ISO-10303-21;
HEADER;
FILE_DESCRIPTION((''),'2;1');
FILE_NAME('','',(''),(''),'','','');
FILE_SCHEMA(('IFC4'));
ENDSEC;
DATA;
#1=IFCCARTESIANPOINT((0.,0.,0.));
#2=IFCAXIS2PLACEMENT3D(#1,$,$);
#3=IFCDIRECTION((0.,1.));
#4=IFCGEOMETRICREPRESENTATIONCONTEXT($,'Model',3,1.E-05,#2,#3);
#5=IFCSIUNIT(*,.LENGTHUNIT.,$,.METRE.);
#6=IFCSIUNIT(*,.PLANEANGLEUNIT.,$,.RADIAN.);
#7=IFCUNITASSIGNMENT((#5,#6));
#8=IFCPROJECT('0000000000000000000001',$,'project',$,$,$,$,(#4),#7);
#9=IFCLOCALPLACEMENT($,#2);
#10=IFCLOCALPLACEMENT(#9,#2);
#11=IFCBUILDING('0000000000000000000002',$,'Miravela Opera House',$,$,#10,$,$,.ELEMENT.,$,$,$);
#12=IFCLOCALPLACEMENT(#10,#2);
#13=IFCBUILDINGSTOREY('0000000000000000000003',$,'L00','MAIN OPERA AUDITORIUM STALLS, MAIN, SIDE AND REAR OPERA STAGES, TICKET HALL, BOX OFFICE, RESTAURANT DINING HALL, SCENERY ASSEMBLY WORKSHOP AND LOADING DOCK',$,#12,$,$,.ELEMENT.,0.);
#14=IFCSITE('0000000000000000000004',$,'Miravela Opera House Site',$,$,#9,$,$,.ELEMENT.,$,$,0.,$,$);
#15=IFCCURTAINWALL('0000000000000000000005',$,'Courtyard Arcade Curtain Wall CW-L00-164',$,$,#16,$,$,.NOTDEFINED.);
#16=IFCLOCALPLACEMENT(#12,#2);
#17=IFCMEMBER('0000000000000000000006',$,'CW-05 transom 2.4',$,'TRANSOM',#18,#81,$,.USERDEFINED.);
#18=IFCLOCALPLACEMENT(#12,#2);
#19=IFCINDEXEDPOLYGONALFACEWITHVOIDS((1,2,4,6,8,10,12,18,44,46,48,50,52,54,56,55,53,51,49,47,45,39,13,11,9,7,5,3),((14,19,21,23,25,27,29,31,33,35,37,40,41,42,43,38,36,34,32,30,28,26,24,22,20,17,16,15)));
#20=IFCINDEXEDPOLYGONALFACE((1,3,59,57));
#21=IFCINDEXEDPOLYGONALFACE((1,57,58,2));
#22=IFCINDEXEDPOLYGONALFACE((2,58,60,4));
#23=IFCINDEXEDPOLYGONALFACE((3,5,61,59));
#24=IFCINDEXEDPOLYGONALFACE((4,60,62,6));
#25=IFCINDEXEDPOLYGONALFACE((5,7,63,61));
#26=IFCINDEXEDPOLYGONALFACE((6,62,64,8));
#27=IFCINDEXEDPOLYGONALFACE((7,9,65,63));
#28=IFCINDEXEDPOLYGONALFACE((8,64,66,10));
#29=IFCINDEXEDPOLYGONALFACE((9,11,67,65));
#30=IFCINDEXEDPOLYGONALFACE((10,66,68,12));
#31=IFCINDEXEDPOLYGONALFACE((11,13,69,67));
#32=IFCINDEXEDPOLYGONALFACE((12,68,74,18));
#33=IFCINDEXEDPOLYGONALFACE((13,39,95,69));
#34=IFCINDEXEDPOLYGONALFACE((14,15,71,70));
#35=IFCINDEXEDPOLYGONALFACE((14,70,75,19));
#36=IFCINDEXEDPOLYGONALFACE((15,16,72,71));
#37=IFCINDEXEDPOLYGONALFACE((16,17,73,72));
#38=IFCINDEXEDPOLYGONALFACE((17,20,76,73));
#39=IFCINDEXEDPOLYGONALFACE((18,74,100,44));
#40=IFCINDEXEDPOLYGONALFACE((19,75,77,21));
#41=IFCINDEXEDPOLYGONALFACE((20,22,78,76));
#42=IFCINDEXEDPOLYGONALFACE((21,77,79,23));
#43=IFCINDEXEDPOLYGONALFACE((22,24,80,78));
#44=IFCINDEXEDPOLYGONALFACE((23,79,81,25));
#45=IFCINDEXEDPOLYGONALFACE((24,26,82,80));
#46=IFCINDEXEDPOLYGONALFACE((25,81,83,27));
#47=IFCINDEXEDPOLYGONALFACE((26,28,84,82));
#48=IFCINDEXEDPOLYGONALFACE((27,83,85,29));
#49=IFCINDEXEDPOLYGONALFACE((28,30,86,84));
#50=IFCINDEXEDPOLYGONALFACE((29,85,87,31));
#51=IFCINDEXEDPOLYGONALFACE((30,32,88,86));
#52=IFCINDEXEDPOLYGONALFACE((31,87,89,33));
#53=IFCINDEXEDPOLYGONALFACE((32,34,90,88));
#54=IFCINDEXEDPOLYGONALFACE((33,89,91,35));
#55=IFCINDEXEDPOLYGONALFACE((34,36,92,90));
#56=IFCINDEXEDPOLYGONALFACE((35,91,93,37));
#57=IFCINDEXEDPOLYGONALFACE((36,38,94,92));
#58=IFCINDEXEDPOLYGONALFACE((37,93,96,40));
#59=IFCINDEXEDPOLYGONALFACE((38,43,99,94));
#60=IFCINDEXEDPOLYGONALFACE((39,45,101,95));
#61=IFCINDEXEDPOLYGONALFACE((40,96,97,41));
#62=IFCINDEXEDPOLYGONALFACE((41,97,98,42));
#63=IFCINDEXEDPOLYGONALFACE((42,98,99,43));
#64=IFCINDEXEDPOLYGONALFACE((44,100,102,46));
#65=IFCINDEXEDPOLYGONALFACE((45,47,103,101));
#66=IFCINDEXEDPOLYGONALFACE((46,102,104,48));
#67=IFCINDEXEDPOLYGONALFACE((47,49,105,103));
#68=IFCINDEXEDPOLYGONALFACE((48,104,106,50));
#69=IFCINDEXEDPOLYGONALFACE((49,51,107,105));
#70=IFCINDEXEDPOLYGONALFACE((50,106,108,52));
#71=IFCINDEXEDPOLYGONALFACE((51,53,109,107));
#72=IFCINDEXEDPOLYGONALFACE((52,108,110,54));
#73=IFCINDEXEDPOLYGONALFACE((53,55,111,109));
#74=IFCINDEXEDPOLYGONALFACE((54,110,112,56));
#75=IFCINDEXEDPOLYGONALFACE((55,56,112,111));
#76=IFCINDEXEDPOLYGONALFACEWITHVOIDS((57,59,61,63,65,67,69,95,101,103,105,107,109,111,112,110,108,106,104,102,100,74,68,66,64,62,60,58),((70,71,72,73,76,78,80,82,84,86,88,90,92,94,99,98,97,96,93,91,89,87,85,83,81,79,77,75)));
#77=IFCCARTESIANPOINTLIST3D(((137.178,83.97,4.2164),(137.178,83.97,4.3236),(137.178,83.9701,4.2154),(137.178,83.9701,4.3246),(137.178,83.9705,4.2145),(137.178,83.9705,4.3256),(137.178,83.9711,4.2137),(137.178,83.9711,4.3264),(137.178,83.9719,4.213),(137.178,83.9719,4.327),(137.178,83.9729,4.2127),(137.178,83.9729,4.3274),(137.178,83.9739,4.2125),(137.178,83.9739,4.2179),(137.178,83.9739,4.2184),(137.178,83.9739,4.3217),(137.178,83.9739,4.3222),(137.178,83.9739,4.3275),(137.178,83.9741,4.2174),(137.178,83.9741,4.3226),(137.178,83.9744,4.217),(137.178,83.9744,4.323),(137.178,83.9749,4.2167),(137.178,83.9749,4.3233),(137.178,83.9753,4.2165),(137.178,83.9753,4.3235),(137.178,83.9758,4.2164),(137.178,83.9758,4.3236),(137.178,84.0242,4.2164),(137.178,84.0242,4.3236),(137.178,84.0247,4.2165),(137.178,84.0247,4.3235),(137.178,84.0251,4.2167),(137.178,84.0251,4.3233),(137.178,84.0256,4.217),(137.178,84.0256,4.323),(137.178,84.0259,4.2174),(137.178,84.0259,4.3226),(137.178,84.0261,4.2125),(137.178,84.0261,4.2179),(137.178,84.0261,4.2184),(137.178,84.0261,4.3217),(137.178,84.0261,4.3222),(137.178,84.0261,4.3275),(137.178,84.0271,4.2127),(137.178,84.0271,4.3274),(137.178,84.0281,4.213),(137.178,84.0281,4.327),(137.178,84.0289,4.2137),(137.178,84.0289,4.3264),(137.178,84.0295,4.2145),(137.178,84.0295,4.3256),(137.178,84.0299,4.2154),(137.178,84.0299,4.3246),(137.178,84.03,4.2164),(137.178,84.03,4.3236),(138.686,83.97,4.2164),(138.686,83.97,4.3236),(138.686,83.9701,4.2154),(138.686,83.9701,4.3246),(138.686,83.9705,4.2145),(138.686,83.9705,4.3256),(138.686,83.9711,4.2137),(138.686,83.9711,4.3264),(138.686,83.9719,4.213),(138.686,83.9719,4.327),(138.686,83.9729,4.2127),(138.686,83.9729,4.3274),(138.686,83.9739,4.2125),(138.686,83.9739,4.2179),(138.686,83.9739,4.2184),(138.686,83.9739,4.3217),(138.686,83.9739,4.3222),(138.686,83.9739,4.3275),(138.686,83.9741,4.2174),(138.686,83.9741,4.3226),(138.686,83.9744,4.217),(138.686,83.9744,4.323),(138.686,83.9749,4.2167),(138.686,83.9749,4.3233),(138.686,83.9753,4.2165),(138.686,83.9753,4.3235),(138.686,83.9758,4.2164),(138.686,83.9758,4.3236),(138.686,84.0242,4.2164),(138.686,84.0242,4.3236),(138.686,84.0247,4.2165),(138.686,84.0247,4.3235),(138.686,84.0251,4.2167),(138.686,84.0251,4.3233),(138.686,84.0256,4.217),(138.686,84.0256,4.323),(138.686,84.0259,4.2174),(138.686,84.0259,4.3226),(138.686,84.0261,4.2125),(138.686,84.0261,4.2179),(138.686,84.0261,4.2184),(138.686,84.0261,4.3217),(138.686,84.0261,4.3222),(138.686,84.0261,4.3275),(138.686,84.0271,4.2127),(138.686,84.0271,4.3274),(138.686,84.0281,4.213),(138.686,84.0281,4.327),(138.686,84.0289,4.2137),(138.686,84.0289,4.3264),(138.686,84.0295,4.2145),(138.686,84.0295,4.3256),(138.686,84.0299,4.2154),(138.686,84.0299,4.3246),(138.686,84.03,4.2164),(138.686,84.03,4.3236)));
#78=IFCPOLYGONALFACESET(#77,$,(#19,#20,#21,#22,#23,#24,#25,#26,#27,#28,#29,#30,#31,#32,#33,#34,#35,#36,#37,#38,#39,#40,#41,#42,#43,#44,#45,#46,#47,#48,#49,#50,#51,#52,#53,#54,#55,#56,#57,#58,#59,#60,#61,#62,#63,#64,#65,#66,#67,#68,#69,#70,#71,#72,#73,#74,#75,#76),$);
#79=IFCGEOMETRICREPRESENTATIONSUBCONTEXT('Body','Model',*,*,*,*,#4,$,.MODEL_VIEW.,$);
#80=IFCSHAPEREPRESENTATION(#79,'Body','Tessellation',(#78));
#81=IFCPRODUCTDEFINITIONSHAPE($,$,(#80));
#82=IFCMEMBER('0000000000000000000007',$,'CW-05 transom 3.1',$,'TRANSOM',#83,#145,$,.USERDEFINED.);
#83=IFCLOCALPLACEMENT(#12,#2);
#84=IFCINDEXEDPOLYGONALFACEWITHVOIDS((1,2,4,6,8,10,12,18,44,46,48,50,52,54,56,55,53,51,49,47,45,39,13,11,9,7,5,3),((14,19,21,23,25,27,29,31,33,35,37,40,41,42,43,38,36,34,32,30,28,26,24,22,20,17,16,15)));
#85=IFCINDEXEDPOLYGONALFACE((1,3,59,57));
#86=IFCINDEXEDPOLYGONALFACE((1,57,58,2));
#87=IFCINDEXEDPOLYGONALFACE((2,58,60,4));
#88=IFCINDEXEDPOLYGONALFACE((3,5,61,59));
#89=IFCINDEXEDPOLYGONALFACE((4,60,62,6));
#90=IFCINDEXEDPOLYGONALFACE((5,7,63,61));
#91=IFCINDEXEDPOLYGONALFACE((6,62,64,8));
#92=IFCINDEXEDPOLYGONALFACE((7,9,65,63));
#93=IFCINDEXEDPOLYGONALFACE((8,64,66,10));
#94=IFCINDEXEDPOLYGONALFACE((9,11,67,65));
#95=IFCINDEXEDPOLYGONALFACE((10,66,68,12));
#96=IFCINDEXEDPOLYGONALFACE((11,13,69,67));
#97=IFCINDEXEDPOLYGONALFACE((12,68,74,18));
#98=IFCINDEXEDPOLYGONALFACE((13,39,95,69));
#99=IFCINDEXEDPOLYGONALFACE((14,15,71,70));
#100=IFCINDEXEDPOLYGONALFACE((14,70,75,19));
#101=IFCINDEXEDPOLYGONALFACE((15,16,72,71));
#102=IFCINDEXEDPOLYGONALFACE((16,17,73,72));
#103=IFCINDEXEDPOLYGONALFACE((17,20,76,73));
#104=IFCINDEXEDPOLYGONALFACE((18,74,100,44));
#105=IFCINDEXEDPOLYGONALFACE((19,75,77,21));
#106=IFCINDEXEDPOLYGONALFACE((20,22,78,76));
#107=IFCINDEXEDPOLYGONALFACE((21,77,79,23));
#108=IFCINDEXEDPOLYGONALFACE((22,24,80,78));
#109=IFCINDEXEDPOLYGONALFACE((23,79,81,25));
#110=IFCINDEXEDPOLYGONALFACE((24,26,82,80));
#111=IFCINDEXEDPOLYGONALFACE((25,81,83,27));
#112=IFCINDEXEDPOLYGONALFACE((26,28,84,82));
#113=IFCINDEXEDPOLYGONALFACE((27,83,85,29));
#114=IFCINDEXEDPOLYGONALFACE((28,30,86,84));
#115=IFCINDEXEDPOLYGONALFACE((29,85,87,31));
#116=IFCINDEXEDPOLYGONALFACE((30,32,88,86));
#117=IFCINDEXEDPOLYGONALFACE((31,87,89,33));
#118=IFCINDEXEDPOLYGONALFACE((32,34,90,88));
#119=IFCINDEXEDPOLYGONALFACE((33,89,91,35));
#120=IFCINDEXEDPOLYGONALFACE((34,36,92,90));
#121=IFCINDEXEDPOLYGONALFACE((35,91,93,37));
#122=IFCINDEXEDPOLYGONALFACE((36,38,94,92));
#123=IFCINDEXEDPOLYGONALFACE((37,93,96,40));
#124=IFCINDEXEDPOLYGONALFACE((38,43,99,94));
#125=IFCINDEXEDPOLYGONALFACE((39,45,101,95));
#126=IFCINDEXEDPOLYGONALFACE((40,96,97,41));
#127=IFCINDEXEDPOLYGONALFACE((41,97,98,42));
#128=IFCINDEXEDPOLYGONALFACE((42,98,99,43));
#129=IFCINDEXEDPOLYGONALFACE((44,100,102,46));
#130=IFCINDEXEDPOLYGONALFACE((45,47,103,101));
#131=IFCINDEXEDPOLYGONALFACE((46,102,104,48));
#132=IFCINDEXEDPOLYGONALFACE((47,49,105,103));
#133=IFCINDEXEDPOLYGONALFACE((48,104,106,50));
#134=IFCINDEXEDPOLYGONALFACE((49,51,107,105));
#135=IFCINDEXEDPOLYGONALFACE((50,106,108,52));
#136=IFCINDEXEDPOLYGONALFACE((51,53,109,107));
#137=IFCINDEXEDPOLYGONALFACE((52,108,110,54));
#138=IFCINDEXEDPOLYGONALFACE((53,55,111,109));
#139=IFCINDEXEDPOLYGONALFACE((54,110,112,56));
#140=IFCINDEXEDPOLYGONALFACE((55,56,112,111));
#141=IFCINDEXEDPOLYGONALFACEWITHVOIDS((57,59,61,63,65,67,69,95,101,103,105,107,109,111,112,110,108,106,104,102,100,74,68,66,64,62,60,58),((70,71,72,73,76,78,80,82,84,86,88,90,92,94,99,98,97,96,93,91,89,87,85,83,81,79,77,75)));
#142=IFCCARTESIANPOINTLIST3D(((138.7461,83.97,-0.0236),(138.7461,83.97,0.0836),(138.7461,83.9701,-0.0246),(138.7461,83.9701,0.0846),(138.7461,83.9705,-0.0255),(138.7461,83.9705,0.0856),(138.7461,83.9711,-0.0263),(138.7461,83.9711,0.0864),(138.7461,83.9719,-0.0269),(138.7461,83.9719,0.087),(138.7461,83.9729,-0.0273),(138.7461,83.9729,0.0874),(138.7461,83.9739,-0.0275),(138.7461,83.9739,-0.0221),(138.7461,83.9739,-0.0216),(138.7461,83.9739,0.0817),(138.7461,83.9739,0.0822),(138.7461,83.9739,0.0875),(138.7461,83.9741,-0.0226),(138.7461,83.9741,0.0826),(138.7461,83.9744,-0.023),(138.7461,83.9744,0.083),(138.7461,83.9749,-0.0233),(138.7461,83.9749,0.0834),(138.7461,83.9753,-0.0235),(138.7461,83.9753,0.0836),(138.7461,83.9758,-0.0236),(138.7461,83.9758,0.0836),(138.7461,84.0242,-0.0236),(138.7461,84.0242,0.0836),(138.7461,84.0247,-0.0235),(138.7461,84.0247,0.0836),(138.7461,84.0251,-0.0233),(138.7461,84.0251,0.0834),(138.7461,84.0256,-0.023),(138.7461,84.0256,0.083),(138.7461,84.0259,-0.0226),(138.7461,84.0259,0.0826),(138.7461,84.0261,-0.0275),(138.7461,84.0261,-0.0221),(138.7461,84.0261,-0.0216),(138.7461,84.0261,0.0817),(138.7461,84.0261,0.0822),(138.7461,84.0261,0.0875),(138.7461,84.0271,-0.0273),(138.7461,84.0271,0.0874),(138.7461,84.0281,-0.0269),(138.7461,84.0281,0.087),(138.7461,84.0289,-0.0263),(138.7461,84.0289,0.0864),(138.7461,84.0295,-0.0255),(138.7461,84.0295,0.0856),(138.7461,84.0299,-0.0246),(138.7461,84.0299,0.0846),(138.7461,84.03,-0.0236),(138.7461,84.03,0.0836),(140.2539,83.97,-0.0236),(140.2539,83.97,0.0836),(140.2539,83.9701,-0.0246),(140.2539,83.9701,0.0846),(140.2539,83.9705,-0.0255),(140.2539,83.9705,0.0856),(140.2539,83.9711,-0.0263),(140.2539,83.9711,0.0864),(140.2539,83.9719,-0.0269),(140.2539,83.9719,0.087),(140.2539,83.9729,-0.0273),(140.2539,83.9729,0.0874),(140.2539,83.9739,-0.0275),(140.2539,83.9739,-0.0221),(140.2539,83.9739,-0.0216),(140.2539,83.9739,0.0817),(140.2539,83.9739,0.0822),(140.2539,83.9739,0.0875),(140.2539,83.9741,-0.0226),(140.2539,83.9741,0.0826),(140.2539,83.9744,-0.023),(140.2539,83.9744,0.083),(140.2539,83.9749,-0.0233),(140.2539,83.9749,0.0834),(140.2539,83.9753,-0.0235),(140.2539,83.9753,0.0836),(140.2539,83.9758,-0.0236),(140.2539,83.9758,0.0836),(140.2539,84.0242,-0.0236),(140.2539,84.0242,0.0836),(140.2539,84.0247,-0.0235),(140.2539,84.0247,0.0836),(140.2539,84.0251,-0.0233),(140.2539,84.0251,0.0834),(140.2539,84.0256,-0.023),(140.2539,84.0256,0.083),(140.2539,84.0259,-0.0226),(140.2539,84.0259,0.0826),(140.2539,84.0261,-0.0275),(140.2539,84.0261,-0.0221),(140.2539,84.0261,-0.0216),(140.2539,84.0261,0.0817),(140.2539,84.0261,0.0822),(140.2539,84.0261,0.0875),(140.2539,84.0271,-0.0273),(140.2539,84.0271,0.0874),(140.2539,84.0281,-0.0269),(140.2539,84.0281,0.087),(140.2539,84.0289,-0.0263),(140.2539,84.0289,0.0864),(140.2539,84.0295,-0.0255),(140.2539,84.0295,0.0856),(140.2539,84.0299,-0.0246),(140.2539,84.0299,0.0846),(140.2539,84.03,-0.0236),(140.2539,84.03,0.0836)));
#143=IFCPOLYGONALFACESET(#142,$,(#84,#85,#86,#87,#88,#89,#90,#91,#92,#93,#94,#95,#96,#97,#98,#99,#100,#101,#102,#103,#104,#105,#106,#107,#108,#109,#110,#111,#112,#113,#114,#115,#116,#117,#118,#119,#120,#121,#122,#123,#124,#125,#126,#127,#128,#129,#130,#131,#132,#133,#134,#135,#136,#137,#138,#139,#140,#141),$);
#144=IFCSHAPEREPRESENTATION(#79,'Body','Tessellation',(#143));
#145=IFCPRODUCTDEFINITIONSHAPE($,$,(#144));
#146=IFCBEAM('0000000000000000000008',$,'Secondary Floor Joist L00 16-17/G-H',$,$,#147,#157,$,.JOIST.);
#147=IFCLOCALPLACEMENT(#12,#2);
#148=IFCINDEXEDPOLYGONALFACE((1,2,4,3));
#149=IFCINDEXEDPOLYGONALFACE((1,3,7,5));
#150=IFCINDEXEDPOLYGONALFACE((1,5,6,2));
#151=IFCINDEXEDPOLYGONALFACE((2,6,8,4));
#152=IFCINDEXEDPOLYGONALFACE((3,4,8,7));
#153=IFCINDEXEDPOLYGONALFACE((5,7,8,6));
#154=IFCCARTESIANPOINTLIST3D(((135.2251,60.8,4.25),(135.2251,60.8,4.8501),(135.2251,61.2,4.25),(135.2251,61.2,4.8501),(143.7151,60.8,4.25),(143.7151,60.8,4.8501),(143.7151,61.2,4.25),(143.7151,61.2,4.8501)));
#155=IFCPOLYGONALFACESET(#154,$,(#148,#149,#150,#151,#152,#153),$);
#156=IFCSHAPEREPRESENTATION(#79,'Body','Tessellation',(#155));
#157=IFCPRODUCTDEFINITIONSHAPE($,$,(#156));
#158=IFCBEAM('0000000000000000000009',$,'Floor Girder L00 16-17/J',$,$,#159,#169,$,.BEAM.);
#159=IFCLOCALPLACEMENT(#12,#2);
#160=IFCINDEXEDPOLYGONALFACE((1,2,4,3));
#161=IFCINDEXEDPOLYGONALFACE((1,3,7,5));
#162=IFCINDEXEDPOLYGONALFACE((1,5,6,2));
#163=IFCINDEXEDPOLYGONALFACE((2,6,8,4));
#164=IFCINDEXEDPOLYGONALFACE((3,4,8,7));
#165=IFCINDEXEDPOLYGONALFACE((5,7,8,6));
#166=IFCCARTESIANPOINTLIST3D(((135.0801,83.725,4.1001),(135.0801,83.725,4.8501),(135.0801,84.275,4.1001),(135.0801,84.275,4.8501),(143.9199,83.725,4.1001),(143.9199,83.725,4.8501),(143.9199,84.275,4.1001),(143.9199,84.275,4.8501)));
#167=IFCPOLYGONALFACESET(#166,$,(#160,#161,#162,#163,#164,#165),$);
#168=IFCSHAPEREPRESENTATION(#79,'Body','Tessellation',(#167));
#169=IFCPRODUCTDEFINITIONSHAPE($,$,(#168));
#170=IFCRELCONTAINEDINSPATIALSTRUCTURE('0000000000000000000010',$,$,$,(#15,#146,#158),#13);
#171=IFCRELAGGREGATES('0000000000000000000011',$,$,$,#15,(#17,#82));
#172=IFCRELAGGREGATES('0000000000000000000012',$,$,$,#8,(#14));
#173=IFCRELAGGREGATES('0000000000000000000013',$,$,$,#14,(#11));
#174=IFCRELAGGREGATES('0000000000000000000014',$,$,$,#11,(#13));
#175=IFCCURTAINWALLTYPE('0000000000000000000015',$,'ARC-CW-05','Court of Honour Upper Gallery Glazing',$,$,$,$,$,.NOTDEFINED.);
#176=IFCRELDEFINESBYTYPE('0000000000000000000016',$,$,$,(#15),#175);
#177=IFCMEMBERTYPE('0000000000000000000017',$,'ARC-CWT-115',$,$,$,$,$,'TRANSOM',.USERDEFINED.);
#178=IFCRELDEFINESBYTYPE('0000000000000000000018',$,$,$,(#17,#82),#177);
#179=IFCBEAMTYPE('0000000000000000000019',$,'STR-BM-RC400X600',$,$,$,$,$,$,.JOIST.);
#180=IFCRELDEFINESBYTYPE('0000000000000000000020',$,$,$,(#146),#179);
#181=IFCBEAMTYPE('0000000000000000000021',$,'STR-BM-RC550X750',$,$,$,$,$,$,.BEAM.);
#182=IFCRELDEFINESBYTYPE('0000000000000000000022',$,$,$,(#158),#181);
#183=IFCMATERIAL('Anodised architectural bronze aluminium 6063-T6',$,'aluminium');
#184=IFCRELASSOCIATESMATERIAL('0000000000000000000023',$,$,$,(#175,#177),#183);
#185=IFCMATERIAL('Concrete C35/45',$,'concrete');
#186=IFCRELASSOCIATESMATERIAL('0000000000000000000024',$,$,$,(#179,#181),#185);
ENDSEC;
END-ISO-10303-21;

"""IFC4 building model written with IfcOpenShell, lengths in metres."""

from ifc_helpers import new_model, si_unit, direction, frame, origin, origin_2d, place, context, subcontext, project, spatial, rectangle, hollow_rectangle, extrude, material, material_profile, profile_set, type_object, element, aggregate, save


model = new_model("IFC4")

# Units and contexts
model_context = context("Model", 3, precision=1e-05, world=origin(), true_north=direction((0.0, 1.0)))
body_context = subcontext(model_context, "Body", "Model", "MODEL_VIEW")
ifc_project = project(units=[si_unit("LENGTHUNIT", "METRE"), si_unit("PLANEANGLEUNIT", "RADIAN")], contexts=[model_context])

# Site, building, storey
site_placement = place(None, origin())
site = spatial("IfcSite", under=ifc_project, at=site_placement, Name="Miravela Opera House Site", CompositionType="ELEMENT", RefElevation=0.0)
building_placement = place(site_placement, origin())
building = spatial("IfcBuilding", under=site, at=building_placement, Name="Miravela Opera House", CompositionType="ELEMENT")
storey_placement = place(building_placement, origin())
storey = spatial("IfcBuildingStorey", under=building, at=storey_placement, Name="L00", Description="MAIN OPERA AUDITORIUM STALLS, MAIN, SIDE AND REAR OPERA STAGES, TICKET HALL, BOX OFFICE, RESTAURANT DINING HALL, SCENERY ASSEMBLY WORKSHOP AND LOADING DOCK", CompositionType="ELEMENT", Elevation=0.0)

# Curtain wall, members
ifc_material_1 = material(Name="Anodised architectural bronze aluminium 6063-T6", Category="aluminium")
curtain_wall_type = type_object("IfcCurtainWallType", Name="ARC-CW-05", Description="Court of Honour Upper Gallery Glazing", PredefinedType="NOTDEFINED", material=ifc_material_1)
curtain_wall_placement = place(storey_placement, origin())
curtain_wall = element("IfcCurtainWall", 1, at=curtain_wall_placement, inside=storey, type_object=curtain_wall_type, Name="Courtyard Arcade Curtain Wall CW-L00-164", PredefinedType="NOTDEFINED")
ifc_material_profile_1 = material_profile(ifc_material_1, hollow_rectangle(XDim=0.0601, YDim=0.115, WallThickness=0.0039, InnerFilletRadius=0.002, OuterFilletRadius=0.0039, at=origin_2d()), Name="CWT-60X115")
ifc_profile_set_1 = profile_set([ifc_material_profile_1])
member_type_1 = type_object("IfcMemberType", Name="ARC-CWT-115", ElementType="TRANSOM", PredefinedType="USERDEFINED", material=ifc_profile_set_1)
member_1_placement = place(storey_placement, frame((137.178, 84.0, 4.27), z_axis=(1.0, 0.0, 0.0), x_axis=(0.0, 1.0, 0.0)))
member_1 = element("IfcMember", 2, at=member_1_placement, type_object=member_type_1, Name="CW-05 transom 2.4", ObjectType="TRANSOM", PredefinedType="USERDEFINED", context=body_context, shape_type="SweptSolid", body=[
    extrude(hollow_rectangle(XDim=0.0601, YDim=0.115, WallThickness=0.0039, InnerFilletRadius=0.002, OuterFilletRadius=0.0039, at=origin_2d()), origin(), (0.0, 0.0, 1.0), 1.5081),
])
member_2_placement = place(storey_placement, frame((138.7461, 84.0, 0.03), z_axis=(1.0, 0.0, 0.0), x_axis=(0.0, 1.0, 0.0)))
member_2 = element("IfcMember", 3, at=member_2_placement, type_object=member_type_1, Name="CW-05 transom 3.1", ObjectType="TRANSOM", PredefinedType="USERDEFINED", context=body_context, shape_type="SweptSolid", body=[
    extrude(hollow_rectangle(XDim=0.0601, YDim=0.115, WallThickness=0.0039, InnerFilletRadius=0.002, OuterFilletRadius=0.0039, at=origin_2d()), origin(), (0.0, 0.0, 1.0), 1.5078),
])

# Beams
ifc_material_2 = material(Name="Concrete C35/45", Category="concrete")
ifc_material_profile_2 = material_profile(ifc_material_2, rectangle(XDim=0.3999, YDim=0.6001, at=origin_2d()), Name="RC-BM-400X600")
ifc_profile_set_2 = profile_set([ifc_material_profile_2])
beam_type_1 = type_object("IfcBeamType", Name="STR-BM-RC400X600", PredefinedType="JOIST", material=ifc_profile_set_2)
beam_1_placement = place(storey_placement, frame((135.2251, 61.0, 4.55), z_axis=(1.0, 0.0, 0.0), x_axis=(0.0, 1.0, 0.0)))
element("IfcBeam", 4, at=beam_1_placement, inside=storey, type_object=beam_type_1, Name="Secondary Floor Joist L00 16-17/G-H", PredefinedType="JOIST", context=body_context, shape_type="SweptSolid", body=[
    extrude(rectangle(XDim=0.3999, YDim=0.6001, at=origin_2d()), origin(), (0.0, 0.0, 1.0), 8.49),
])
ifc_material_profile_3 = material_profile(ifc_material_2, rectangle(XDim=0.55, YDim=0.75, at=origin_2d()), Name="RC-BM-550X750")
ifc_profile_set_3 = profile_set([ifc_material_profile_3])
beam_type_2 = type_object("IfcBeamType", Name="STR-BM-RC550X750", PredefinedType="BEAM", material=ifc_profile_set_3)
beam_2_placement = place(storey_placement, frame((135.0801, 84.0, 4.4751), z_axis=(1.0, 0.0, 0.0), x_axis=(0.0, 1.0, 0.0)))
element("IfcBeam", 5, at=beam_2_placement, inside=storey, type_object=beam_type_2, Name="Floor Girder L00 16-17/J", PredefinedType="BEAM", context=body_context, shape_type="SweptSolid", body=[
    extrude(rectangle(XDim=0.55, YDim=0.75, at=origin_2d()), origin(), (0.0, 0.0, 1.0), 8.8398),
])

aggregate(curtain_wall, [member_1, member_2])

save(model, "model.ifc")
